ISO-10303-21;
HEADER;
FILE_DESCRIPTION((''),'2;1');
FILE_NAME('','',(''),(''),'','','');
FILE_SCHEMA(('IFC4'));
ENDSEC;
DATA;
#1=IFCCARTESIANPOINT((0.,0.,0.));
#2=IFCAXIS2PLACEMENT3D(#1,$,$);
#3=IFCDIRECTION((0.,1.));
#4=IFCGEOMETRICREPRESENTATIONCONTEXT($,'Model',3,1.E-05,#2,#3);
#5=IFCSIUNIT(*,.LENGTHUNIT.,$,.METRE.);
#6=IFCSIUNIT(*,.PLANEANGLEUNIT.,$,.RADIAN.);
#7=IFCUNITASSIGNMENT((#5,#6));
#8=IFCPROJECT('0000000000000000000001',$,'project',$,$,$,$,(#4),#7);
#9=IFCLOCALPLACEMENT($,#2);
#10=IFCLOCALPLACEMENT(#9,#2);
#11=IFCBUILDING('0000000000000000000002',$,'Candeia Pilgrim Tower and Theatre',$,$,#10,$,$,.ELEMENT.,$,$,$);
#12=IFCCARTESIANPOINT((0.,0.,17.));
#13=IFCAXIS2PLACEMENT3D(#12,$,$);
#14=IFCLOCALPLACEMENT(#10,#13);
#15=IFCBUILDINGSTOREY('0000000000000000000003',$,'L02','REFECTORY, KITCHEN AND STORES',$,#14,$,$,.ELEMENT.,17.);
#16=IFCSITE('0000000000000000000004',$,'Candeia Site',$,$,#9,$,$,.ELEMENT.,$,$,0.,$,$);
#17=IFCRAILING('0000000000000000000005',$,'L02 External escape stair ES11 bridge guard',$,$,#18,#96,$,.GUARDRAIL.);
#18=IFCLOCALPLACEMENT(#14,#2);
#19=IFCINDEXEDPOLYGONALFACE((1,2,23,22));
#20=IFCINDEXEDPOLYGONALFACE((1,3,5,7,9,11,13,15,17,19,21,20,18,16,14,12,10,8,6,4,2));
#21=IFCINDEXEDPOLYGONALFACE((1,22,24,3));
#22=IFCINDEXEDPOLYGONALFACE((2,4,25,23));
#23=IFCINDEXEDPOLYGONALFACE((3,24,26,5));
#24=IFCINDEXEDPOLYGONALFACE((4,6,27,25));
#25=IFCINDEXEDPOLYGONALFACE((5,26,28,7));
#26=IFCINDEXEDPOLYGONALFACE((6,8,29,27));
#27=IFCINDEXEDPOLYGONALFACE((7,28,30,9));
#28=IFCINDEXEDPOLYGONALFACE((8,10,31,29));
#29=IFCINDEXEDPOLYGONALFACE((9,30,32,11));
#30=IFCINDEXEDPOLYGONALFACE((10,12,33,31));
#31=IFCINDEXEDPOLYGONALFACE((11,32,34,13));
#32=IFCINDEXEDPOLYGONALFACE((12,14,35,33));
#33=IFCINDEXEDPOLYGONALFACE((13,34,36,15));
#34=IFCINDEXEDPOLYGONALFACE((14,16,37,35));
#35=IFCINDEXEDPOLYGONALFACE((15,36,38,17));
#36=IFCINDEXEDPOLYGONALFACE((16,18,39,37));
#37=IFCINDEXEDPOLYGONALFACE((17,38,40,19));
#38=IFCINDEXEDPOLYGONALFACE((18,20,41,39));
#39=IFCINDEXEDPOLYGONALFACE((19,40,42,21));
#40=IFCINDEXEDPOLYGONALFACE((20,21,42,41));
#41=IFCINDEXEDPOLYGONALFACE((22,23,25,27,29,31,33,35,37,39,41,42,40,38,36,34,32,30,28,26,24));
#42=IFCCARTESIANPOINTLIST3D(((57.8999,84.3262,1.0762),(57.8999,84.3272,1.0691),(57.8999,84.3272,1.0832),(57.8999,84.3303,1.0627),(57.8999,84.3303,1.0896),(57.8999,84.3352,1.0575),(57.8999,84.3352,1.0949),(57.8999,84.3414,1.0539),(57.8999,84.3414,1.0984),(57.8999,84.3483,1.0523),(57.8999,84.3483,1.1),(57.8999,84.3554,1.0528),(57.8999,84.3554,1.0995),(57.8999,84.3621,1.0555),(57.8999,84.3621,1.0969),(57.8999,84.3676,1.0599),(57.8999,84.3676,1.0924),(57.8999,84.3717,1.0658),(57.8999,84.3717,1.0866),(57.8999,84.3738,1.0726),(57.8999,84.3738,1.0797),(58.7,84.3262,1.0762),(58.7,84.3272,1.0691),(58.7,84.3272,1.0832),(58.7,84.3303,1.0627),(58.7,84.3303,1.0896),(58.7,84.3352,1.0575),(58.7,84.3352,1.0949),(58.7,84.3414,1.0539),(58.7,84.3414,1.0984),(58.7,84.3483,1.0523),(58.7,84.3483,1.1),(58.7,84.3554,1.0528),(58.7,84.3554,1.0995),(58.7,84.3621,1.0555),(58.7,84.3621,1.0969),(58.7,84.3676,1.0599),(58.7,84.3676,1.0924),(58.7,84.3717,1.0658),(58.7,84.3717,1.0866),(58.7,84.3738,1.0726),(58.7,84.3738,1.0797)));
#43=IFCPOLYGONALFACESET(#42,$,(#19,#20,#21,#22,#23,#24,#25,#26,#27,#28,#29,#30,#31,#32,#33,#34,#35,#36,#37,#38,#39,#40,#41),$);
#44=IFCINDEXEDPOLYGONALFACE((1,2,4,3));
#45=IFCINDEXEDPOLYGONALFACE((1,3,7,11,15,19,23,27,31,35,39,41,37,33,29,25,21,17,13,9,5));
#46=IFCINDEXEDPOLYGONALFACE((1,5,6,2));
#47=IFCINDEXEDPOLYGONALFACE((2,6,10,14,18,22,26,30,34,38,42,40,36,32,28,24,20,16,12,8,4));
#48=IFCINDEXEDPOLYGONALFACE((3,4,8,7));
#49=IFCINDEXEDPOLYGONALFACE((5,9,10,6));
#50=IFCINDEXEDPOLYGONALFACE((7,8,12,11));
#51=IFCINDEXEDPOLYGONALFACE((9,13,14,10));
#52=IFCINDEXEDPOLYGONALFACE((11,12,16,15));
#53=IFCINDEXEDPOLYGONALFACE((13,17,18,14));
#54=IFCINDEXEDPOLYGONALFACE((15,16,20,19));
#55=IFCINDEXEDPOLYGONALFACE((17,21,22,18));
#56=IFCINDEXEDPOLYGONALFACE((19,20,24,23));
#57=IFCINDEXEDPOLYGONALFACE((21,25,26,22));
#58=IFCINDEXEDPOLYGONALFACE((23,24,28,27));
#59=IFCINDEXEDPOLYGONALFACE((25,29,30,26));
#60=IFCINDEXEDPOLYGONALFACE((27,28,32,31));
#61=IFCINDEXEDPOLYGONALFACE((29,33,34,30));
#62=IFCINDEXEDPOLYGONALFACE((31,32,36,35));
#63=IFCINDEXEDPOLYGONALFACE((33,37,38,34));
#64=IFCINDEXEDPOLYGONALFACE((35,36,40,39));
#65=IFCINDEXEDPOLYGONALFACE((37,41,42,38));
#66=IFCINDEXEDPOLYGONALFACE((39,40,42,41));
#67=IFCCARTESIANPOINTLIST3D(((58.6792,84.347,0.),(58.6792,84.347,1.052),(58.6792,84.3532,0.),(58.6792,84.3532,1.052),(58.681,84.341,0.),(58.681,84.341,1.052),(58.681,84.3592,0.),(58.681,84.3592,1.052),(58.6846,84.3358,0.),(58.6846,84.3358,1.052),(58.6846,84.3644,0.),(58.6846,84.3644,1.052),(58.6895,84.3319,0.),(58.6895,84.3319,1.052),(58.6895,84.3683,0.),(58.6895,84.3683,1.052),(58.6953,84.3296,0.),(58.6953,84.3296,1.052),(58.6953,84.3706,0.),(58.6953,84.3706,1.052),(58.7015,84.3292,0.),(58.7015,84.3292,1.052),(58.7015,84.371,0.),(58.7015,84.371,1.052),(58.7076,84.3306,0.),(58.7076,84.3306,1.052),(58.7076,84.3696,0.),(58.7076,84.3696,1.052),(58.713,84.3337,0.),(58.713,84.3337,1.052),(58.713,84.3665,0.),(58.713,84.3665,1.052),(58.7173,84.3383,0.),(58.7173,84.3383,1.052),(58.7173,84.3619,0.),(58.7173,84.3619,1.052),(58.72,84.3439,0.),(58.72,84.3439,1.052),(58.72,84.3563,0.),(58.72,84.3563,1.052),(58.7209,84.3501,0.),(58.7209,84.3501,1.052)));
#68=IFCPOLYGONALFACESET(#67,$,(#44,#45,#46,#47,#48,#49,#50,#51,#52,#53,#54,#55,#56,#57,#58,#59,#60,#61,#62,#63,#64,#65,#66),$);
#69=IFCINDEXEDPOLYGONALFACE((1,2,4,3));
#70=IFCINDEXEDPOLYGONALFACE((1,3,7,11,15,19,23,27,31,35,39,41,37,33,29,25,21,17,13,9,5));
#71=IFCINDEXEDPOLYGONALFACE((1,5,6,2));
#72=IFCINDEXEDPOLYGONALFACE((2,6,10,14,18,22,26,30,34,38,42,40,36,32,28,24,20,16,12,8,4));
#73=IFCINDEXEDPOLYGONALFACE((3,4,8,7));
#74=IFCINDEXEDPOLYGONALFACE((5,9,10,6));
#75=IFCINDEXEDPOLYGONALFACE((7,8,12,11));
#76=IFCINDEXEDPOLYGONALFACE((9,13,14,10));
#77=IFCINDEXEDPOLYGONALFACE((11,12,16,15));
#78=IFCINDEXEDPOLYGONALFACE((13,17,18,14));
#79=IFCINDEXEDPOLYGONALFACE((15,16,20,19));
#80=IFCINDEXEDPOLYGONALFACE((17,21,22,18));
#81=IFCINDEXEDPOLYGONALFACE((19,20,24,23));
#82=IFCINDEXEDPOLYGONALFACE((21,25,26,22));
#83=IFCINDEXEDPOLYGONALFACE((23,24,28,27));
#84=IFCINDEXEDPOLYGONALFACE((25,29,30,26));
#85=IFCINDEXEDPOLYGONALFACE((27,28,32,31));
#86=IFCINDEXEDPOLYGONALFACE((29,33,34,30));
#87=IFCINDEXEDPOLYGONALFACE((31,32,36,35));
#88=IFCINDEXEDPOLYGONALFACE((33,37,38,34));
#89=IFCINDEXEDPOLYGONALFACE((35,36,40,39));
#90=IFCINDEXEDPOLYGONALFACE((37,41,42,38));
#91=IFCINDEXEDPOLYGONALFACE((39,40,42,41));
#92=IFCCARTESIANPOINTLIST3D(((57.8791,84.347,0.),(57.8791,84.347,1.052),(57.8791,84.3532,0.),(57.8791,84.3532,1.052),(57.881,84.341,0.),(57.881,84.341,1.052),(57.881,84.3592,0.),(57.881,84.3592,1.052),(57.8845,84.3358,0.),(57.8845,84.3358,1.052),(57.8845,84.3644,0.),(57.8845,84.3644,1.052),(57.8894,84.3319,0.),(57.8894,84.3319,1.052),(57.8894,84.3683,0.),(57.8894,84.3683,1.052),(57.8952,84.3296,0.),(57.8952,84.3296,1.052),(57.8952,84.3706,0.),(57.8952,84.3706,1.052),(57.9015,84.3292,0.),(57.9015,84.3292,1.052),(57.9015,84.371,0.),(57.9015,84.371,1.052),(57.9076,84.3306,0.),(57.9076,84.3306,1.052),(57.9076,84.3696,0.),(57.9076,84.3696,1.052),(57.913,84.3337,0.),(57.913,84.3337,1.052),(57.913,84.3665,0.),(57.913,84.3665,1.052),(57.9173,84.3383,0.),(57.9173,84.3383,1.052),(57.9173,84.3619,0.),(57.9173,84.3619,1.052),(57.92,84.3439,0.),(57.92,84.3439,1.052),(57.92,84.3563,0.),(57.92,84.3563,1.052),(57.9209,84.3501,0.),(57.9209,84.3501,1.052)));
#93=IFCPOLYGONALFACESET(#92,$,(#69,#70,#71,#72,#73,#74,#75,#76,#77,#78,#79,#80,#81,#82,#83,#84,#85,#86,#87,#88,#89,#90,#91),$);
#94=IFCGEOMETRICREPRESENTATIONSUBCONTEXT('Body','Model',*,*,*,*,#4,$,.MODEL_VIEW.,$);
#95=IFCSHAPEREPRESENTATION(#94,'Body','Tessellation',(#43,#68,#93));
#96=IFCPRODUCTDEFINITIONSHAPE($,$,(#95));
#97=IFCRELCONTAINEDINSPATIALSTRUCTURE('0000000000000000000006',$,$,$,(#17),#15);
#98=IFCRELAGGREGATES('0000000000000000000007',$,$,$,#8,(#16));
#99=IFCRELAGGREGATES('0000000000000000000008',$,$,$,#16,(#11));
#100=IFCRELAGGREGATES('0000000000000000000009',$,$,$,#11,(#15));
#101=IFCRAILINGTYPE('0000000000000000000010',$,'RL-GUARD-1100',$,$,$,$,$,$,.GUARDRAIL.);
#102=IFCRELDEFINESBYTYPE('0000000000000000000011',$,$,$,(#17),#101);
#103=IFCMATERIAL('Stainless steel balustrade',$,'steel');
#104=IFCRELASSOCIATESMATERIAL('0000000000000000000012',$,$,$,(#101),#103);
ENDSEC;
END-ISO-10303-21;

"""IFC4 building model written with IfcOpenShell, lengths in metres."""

from ifc_helpers import new_model, si_unit, direction, frame, origin, origin_2d, place, context, subcontext, project, spatial, circle, extrude, material, type_object, element, save


model = new_model("IFC4")

# Units and contexts
model_context = context("Model", 3, precision=1e-05, world=origin(), true_north=direction((0.0, 1.0)))
body_context = subcontext(model_context, "Body", "Model", "MODEL_VIEW")
ifc_project = project(units=[si_unit("LENGTHUNIT", "METRE"), si_unit("PLANEANGLEUNIT", "RADIAN")], contexts=[model_context])

# Site, building, storey
site_placement = place(None, origin())
site = spatial("IfcSite", under=ifc_project, at=site_placement, Name="Candeia Site", CompositionType="ELEMENT", RefElevation=0.0)
building_placement = place(site_placement, origin())
building = spatial("IfcBuilding", under=site, at=building_placement, Name="Candeia Pilgrim Tower and Theatre", CompositionType="ELEMENT")
storey_placement = place(building_placement, frame((0.0, 0.0, 17.0)))
storey = spatial("IfcBuildingStorey", under=building, at=storey_placement, Name="L02", Description="REFECTORY, KITCHEN AND STORES", CompositionType="ELEMENT", Elevation=17.0)

# Railing
ifc_material_1 = material(Name="Stainless steel balustrade", Category="steel")
railing_type_1 = type_object("IfcRailingType", Name="RL-GUARD-1100", PredefinedType="GUARDRAIL", material=ifc_material_1)
railing_1_placement = place(storey_placement, frame((58.7, 84.3501, 0.0)))
element("IfcRailing", 1, at=railing_1_placement, inside=storey, type_object=railing_type_1, Name="L02 External escape stair ES11 bridge guard", PredefinedType="GUARDRAIL", context=body_context, shape_type="SweptSolid", body=[
    extrude(circle(Radius=0.0239, at=origin_2d()), frame((0.0, 0.0, 1.0762), z_axis=(-1.0, 0.0, 0.0), x_axis=(0.0, -1.0, 0.0)), (0.0, 0.0, 1.0), 0.8),
    extrude(circle(Radius=0.021, at=origin_2d()), origin(), (0.0, 0.0, 1.0), 1.052),
    extrude(circle(Radius=0.021, at=origin_2d()), frame((-0.8, 0.0, 0.0)), (0.0, 0.0, 1.0), 1.052),
])

save(model, "model.ifc")
